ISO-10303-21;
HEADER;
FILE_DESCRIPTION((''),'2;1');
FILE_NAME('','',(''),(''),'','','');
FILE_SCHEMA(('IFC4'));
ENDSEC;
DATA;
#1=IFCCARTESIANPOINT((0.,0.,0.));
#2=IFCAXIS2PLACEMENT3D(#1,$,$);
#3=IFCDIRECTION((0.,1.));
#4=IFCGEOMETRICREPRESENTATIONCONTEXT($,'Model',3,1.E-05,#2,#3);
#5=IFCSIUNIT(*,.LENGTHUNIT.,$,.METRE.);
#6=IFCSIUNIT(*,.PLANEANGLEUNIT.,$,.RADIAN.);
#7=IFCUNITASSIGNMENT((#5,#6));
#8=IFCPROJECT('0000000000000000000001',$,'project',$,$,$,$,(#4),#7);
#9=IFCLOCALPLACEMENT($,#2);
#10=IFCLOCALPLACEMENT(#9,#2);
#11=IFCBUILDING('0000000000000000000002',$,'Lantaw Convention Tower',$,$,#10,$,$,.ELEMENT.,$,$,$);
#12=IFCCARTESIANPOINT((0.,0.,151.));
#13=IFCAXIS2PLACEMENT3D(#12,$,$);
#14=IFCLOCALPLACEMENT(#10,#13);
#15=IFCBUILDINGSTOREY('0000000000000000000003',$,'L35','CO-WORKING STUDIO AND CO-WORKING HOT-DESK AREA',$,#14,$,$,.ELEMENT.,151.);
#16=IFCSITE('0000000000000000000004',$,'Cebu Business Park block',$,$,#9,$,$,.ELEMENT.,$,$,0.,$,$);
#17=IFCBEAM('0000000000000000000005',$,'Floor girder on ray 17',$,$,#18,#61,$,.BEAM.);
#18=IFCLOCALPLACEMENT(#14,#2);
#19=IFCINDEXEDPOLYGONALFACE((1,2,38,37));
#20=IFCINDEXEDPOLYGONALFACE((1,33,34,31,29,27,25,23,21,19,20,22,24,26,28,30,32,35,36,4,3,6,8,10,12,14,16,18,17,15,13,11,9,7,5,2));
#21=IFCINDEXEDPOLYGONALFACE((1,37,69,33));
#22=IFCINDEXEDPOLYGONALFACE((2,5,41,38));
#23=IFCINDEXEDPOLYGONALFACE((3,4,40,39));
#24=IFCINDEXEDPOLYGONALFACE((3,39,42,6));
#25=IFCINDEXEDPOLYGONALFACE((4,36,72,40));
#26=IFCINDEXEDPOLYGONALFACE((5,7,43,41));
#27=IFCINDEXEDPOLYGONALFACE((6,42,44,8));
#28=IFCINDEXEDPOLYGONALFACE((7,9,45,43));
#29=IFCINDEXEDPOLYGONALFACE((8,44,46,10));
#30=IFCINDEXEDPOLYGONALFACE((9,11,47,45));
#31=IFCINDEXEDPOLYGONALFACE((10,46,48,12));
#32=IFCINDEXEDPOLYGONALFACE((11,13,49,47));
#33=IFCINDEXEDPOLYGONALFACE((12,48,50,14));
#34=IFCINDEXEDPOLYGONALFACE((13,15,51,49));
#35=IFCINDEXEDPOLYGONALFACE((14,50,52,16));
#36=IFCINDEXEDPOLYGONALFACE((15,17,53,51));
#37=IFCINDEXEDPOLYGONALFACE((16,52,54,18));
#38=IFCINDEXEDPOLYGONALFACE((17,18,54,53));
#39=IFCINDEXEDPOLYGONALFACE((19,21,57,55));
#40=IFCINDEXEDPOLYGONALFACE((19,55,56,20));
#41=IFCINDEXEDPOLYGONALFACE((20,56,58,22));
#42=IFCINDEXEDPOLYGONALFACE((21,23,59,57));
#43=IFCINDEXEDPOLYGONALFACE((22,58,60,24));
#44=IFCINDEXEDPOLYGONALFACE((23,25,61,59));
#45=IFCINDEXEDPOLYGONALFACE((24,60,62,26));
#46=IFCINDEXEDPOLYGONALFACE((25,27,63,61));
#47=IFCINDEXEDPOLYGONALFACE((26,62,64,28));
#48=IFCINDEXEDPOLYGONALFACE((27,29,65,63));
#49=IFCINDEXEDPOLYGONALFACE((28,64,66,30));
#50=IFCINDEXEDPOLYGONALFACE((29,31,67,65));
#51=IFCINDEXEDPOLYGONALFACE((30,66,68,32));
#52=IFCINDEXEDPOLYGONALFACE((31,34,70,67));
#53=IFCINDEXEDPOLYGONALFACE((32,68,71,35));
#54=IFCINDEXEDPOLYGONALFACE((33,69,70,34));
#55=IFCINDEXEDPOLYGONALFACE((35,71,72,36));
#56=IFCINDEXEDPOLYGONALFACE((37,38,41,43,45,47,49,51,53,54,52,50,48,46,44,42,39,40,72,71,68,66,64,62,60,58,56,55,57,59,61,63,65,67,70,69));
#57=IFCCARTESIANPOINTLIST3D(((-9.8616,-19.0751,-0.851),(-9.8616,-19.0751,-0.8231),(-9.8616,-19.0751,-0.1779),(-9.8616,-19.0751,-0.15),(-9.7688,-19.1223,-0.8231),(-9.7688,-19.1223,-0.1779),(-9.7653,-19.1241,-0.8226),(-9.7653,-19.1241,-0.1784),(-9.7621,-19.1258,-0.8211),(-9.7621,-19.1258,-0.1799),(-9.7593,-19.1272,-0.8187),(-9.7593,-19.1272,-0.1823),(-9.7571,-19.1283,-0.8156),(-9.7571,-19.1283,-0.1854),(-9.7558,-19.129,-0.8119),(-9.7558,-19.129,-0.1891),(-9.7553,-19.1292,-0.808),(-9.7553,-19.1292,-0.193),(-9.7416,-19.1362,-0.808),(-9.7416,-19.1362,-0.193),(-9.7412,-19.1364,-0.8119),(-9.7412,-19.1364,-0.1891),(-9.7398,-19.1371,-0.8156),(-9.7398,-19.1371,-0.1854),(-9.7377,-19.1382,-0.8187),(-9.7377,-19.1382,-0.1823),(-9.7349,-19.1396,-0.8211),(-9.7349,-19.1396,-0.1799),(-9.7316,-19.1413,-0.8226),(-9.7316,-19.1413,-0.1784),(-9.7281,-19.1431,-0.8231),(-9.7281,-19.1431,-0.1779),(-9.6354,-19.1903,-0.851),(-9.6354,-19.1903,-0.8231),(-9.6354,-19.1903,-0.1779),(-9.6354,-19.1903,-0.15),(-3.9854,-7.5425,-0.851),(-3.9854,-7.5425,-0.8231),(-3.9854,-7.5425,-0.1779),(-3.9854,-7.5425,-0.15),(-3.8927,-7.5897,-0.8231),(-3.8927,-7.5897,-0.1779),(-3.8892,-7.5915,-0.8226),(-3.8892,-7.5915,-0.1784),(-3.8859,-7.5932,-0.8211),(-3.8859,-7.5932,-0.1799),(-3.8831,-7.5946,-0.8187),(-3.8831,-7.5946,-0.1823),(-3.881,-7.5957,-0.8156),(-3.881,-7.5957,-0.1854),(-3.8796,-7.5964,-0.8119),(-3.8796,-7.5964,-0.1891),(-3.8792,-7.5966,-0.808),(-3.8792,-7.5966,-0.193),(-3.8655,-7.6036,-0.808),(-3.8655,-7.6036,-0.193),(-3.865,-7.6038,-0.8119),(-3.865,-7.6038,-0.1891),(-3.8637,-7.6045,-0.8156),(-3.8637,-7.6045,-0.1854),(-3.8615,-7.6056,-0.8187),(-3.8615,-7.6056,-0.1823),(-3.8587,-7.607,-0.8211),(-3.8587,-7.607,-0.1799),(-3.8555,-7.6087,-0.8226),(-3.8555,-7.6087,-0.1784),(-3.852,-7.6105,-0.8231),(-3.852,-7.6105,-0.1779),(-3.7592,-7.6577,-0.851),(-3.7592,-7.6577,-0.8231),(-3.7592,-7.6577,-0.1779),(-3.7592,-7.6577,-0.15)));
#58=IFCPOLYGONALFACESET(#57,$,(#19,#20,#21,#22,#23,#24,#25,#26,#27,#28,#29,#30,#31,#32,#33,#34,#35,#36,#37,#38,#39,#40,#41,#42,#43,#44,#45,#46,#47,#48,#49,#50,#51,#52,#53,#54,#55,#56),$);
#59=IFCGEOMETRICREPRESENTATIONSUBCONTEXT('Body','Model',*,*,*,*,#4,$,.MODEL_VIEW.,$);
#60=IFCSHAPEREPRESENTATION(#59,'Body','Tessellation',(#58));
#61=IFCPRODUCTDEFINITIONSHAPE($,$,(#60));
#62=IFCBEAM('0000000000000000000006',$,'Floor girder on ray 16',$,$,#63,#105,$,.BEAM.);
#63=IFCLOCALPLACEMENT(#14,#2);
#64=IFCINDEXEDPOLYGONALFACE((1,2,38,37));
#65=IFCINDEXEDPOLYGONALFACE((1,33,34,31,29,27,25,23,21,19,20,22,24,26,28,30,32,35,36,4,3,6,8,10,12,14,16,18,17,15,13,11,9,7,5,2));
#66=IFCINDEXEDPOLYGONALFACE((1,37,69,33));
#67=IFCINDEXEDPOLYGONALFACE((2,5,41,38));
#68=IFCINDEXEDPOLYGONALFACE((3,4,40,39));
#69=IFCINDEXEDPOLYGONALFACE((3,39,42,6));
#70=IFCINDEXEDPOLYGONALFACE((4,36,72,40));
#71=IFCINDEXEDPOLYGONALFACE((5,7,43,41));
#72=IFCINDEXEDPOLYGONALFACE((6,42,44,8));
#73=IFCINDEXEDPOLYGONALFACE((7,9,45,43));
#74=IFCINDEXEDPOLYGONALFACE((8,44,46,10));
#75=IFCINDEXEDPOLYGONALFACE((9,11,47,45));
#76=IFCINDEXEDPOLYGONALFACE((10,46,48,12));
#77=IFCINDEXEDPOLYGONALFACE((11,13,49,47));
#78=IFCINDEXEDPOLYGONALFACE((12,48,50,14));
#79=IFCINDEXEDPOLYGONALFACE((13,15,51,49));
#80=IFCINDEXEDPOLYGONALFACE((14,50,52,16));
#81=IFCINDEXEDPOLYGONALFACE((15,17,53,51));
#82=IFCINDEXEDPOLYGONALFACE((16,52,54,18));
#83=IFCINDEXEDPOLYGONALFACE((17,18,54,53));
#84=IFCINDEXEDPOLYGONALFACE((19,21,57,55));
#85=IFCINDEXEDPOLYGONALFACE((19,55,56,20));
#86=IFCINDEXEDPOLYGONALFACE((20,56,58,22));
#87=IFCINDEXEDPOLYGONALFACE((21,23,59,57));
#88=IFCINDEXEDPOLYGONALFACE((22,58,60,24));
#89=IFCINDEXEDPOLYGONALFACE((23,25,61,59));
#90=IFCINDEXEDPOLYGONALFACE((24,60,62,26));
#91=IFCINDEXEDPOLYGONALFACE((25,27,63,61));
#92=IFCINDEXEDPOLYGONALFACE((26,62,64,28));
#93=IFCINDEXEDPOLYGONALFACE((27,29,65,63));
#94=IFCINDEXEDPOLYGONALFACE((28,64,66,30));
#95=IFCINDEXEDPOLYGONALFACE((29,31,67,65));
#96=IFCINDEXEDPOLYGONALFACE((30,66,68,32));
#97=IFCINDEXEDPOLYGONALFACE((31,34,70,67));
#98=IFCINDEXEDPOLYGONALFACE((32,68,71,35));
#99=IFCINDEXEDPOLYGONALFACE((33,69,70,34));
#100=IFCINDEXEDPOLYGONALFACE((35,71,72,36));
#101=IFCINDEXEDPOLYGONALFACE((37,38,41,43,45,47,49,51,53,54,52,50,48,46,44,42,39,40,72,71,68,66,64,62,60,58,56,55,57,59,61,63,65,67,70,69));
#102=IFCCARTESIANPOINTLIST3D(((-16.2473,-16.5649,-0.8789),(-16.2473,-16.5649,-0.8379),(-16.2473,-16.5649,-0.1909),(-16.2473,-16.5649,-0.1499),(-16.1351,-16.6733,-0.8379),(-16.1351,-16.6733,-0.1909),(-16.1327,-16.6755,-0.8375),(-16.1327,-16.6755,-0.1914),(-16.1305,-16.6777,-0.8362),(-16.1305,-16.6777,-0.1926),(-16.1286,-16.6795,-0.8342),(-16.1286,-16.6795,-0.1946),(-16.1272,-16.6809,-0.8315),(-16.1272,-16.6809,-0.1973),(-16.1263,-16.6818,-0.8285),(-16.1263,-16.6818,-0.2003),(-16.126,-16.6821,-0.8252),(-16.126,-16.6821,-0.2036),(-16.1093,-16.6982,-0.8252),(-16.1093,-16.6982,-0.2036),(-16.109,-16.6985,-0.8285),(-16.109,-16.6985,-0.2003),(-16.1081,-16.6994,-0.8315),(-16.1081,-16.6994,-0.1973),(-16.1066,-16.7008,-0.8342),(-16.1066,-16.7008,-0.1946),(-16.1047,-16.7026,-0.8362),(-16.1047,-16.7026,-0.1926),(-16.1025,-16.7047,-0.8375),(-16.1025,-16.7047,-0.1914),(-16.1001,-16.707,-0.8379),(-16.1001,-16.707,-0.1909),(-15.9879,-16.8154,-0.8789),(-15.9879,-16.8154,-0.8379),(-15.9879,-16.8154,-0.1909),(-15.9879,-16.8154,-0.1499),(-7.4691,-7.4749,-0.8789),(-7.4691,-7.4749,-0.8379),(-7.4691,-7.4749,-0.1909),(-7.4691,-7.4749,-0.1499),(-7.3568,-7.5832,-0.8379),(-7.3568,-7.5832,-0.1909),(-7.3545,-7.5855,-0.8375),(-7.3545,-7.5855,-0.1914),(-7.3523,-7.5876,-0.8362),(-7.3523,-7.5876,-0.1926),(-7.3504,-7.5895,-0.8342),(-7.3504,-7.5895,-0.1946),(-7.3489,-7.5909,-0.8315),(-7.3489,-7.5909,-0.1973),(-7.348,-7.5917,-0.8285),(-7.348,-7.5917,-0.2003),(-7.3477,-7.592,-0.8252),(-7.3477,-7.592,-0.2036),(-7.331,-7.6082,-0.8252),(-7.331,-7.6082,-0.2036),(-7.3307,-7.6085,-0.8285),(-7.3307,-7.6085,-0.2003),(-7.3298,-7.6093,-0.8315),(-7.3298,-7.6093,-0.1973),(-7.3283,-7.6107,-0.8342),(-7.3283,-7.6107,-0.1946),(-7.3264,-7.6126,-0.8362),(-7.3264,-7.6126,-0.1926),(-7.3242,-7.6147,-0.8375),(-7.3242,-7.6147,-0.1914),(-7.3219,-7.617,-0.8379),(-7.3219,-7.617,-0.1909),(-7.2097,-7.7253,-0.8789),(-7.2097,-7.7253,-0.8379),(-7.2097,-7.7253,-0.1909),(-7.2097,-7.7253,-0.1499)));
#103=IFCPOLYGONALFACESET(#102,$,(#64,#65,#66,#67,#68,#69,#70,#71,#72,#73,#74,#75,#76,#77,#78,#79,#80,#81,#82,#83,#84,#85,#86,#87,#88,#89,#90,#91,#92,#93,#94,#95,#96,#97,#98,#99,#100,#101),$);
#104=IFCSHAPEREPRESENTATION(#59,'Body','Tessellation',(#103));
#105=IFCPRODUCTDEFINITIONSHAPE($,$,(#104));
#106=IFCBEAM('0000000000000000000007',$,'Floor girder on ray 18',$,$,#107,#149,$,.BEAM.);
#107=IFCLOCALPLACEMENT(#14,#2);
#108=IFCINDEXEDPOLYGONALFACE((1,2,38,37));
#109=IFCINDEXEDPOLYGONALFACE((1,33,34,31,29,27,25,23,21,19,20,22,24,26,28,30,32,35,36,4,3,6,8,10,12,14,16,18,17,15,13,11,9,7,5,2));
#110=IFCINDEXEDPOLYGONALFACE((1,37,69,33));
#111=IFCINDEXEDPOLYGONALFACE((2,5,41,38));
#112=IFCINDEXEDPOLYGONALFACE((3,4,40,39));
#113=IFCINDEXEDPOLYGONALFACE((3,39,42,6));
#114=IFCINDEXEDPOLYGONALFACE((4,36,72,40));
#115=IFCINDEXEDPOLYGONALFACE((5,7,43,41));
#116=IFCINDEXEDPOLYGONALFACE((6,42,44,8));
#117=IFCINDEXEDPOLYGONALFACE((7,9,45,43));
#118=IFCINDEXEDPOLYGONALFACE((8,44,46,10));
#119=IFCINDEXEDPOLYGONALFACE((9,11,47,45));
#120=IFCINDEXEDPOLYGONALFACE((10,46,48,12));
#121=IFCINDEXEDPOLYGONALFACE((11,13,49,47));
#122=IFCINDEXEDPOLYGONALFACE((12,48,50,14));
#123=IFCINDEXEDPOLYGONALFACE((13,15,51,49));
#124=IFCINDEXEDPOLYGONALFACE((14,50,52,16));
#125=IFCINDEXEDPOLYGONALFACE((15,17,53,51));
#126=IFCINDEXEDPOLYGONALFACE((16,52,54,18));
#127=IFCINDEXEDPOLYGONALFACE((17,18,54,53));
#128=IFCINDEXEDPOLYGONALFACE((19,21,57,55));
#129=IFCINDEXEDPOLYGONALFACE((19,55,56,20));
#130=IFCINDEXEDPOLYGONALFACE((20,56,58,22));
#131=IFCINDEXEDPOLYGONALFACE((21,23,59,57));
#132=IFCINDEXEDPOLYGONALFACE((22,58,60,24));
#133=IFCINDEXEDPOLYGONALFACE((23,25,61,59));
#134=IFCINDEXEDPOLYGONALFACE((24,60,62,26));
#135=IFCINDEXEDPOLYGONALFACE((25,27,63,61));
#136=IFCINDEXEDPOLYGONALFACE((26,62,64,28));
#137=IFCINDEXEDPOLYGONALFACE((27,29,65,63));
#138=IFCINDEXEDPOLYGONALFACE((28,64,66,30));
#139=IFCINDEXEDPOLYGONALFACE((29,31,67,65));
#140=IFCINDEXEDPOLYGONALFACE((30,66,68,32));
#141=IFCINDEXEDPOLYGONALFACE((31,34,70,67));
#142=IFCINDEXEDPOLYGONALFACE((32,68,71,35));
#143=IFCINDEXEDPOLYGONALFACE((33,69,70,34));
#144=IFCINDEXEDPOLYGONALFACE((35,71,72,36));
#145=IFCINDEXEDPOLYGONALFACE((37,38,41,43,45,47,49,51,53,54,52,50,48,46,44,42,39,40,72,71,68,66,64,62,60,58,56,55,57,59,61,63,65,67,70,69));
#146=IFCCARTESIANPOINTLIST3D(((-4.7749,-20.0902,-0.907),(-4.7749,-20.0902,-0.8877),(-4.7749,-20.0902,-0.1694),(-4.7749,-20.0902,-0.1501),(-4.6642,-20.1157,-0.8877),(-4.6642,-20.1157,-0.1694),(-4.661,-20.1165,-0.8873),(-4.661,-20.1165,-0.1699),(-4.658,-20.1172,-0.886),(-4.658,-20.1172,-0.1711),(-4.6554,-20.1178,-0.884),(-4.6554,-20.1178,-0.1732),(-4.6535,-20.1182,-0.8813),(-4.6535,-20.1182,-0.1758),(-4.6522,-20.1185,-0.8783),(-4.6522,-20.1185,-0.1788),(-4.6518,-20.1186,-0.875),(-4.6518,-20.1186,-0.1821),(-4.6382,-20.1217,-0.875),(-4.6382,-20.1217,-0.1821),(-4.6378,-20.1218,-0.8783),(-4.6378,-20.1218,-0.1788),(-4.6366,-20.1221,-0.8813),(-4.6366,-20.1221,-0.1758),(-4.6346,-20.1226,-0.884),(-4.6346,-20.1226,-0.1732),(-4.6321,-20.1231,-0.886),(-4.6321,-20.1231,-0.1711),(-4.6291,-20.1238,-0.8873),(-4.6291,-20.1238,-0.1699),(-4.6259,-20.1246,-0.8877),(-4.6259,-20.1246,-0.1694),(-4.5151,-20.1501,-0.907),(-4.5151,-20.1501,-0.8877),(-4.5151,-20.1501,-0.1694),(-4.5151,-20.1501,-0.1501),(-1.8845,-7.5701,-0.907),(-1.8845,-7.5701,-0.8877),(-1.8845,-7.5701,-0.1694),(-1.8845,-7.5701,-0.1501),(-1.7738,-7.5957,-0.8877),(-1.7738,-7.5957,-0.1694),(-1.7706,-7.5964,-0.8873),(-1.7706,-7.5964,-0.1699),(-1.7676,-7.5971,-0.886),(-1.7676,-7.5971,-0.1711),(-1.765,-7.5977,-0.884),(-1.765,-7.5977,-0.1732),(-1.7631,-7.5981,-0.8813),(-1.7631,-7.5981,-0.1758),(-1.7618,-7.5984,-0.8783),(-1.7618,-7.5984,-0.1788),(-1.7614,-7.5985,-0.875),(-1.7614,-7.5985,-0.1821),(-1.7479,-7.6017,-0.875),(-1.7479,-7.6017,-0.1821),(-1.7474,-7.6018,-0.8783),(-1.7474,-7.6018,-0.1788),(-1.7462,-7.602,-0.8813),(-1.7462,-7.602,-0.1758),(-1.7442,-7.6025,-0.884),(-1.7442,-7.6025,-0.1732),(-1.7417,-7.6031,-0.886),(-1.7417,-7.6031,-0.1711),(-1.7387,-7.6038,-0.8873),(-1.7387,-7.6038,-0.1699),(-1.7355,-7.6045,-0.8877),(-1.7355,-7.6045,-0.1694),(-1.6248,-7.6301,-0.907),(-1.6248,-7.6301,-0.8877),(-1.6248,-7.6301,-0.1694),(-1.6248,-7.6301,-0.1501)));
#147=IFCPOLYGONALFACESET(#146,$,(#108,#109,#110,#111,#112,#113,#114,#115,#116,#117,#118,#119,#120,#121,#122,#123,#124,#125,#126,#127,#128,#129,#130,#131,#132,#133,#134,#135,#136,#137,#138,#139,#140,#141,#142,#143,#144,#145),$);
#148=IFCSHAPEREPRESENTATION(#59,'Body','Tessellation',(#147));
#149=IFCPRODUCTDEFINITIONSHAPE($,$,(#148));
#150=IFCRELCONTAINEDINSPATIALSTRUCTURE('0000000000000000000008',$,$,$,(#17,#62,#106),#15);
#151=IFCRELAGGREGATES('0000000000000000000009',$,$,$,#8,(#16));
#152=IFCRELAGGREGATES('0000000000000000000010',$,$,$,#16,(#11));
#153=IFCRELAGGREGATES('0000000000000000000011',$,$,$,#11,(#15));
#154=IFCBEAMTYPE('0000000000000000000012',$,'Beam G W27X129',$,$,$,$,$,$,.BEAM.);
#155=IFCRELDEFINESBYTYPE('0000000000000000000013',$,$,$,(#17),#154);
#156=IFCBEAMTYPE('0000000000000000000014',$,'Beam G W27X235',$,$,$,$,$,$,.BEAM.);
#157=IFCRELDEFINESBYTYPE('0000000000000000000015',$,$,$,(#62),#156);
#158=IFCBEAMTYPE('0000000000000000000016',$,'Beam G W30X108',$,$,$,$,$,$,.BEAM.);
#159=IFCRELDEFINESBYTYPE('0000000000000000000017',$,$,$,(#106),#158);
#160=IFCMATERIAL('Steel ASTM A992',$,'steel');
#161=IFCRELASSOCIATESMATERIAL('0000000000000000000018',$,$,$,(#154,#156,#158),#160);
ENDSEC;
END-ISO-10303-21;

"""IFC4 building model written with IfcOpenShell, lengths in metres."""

from ifc_helpers import new_model, si_unit, direction, frame, origin, origin_2d, place, context, subcontext, project, spatial, i_section, extrude, material, material_profile, profile_set, type_object, element, save


model = new_model("IFC4")

# Units and contexts
model_context = context("Model", 3, precision=1e-05, world=origin(), true_north=direction((0.0, 1.0)))
body_context = subcontext(model_context, "Body", "Model", "MODEL_VIEW")
ifc_project = project(units=[si_unit("LENGTHUNIT", "METRE"), si_unit("PLANEANGLEUNIT", "RADIAN")], contexts=[model_context])

# Site, building, storey
site_placement = place(None, origin())
site = spatial("IfcSite", under=ifc_project, at=site_placement, Name="Cebu Business Park block", CompositionType="ELEMENT", RefElevation=0.0)
building_placement = place(site_placement, origin())
building = spatial("IfcBuilding", under=site, at=building_placement, Name="Lantaw Convention Tower", CompositionType="ELEMENT")
storey_placement = place(building_placement, frame((0.0, 0.0, 151.0)))
storey = spatial("IfcBuildingStorey", under=building, at=storey_placement, Name="L35", Description="CO-WORKING STUDIO AND CO-WORKING HOT-DESK AREA", CompositionType="ELEMENT", Elevation=151.0)

# Beams
ifc_material_1 = material(Name="Steel ASTM A992", Category="steel")
ifc_material_profile_1 = material_profile(ifc_material_1, i_section(OverallWidth=0.2539, OverallDepth=0.7009, WebThickness=0.0154, FlangeThickness=0.0278, FilletRadius=0.0151, at=origin_2d()), Name="W27X129")
ifc_profile_set_1 = profile_set([ifc_material_profile_1], Name="Steel ASTM A992")
beam_type_1 = type_object("IfcBeamType", Name="Beam G W27X129", PredefinedType="BEAM", material=ifc_profile_set_1)
beam_1_placement = place(storey_placement, frame((-3.8723, -7.6001, -0.5005), z_axis=(-0.453991, -0.891006, 0.0), x_axis=(0.891006, -0.453991, 0.0)))
element("IfcBeam", 1, at=beam_1_placement, inside=storey, type_object=beam_type_1, Name="Floor girder on ray 17", PredefinedType="BEAM", context=body_context, shape_type="SweptSolid", body=[
    extrude(i_section(OverallWidth=0.2539, OverallDepth=0.7009, WebThickness=0.0154, FlangeThickness=0.0278, FilletRadius=0.0151, at=origin_2d()), origin(), (0.0, 0.0, 1.0), 12.9434),
])
ifc_material_profile_2 = material_profile(ifc_material_1, i_section(OverallWidth=0.3606, OverallDepth=0.729, WebThickness=0.0232, FlangeThickness=0.041, FilletRadius=0.0127, at=origin_2d()), Name="W27X235")
ifc_profile_set_2 = profile_set([ifc_material_profile_2], Name="Steel ASTM A992")
beam_type_2 = type_object("IfcBeamType", Name="Beam G W27X235", PredefinedType="BEAM", material=ifc_profile_set_2)
beam_2_placement = place(storey_placement, frame((-7.3394, -7.6001, -0.5144), z_axis=(-0.694663, -0.719335, 0.0), x_axis=(0.719335, -0.694663, 0.0)))
element("IfcBeam", 2, at=beam_2_placement, inside=storey, type_object=beam_type_2, Name="Floor girder on ray 16", PredefinedType="BEAM", context=body_context, shape_type="SweptSolid", body=[
    extrude(i_section(OverallWidth=0.3606, OverallDepth=0.729, WebThickness=0.0232, FlangeThickness=0.041, FilletRadius=0.0127, at=origin_2d()), origin(), (0.0, 0.0, 1.0), 12.6367),
])
ifc_material_profile_3 = material_profile(ifc_material_1, i_section(OverallWidth=0.2666, OverallDepth=0.7568, WebThickness=0.0139, FlangeThickness=0.0193, FilletRadius=0.0127, at=origin_2d()), Name="W30X108")
ifc_profile_set_3 = profile_set([ifc_material_profile_3], Name="Steel ASTM A992")
beam_type_3 = type_object("IfcBeamType", Name="Beam G W30X108", PredefinedType="BEAM", material=ifc_profile_set_3)
beam_3_placement = place(storey_placement, frame((-1.7546, -7.6001, -0.5286), z_axis=(-0.224944, -0.974372, 0.0), x_axis=(0.974372, -0.224944, 0.0)))
element("IfcBeam", 3, at=beam_3_placement, inside=storey, type_object=beam_type_3, Name="Floor girder on ray 18", PredefinedType="BEAM", context=body_context, shape_type="SweptSolid", body=[
    extrude(i_section(OverallWidth=0.2666, OverallDepth=0.7568, WebThickness=0.0139, FlangeThickness=0.0193, FilletRadius=0.0127, at=origin_2d()), origin(), (0.0, 0.0, 1.0), 12.8494),
])

save(model, "model.ifc")
